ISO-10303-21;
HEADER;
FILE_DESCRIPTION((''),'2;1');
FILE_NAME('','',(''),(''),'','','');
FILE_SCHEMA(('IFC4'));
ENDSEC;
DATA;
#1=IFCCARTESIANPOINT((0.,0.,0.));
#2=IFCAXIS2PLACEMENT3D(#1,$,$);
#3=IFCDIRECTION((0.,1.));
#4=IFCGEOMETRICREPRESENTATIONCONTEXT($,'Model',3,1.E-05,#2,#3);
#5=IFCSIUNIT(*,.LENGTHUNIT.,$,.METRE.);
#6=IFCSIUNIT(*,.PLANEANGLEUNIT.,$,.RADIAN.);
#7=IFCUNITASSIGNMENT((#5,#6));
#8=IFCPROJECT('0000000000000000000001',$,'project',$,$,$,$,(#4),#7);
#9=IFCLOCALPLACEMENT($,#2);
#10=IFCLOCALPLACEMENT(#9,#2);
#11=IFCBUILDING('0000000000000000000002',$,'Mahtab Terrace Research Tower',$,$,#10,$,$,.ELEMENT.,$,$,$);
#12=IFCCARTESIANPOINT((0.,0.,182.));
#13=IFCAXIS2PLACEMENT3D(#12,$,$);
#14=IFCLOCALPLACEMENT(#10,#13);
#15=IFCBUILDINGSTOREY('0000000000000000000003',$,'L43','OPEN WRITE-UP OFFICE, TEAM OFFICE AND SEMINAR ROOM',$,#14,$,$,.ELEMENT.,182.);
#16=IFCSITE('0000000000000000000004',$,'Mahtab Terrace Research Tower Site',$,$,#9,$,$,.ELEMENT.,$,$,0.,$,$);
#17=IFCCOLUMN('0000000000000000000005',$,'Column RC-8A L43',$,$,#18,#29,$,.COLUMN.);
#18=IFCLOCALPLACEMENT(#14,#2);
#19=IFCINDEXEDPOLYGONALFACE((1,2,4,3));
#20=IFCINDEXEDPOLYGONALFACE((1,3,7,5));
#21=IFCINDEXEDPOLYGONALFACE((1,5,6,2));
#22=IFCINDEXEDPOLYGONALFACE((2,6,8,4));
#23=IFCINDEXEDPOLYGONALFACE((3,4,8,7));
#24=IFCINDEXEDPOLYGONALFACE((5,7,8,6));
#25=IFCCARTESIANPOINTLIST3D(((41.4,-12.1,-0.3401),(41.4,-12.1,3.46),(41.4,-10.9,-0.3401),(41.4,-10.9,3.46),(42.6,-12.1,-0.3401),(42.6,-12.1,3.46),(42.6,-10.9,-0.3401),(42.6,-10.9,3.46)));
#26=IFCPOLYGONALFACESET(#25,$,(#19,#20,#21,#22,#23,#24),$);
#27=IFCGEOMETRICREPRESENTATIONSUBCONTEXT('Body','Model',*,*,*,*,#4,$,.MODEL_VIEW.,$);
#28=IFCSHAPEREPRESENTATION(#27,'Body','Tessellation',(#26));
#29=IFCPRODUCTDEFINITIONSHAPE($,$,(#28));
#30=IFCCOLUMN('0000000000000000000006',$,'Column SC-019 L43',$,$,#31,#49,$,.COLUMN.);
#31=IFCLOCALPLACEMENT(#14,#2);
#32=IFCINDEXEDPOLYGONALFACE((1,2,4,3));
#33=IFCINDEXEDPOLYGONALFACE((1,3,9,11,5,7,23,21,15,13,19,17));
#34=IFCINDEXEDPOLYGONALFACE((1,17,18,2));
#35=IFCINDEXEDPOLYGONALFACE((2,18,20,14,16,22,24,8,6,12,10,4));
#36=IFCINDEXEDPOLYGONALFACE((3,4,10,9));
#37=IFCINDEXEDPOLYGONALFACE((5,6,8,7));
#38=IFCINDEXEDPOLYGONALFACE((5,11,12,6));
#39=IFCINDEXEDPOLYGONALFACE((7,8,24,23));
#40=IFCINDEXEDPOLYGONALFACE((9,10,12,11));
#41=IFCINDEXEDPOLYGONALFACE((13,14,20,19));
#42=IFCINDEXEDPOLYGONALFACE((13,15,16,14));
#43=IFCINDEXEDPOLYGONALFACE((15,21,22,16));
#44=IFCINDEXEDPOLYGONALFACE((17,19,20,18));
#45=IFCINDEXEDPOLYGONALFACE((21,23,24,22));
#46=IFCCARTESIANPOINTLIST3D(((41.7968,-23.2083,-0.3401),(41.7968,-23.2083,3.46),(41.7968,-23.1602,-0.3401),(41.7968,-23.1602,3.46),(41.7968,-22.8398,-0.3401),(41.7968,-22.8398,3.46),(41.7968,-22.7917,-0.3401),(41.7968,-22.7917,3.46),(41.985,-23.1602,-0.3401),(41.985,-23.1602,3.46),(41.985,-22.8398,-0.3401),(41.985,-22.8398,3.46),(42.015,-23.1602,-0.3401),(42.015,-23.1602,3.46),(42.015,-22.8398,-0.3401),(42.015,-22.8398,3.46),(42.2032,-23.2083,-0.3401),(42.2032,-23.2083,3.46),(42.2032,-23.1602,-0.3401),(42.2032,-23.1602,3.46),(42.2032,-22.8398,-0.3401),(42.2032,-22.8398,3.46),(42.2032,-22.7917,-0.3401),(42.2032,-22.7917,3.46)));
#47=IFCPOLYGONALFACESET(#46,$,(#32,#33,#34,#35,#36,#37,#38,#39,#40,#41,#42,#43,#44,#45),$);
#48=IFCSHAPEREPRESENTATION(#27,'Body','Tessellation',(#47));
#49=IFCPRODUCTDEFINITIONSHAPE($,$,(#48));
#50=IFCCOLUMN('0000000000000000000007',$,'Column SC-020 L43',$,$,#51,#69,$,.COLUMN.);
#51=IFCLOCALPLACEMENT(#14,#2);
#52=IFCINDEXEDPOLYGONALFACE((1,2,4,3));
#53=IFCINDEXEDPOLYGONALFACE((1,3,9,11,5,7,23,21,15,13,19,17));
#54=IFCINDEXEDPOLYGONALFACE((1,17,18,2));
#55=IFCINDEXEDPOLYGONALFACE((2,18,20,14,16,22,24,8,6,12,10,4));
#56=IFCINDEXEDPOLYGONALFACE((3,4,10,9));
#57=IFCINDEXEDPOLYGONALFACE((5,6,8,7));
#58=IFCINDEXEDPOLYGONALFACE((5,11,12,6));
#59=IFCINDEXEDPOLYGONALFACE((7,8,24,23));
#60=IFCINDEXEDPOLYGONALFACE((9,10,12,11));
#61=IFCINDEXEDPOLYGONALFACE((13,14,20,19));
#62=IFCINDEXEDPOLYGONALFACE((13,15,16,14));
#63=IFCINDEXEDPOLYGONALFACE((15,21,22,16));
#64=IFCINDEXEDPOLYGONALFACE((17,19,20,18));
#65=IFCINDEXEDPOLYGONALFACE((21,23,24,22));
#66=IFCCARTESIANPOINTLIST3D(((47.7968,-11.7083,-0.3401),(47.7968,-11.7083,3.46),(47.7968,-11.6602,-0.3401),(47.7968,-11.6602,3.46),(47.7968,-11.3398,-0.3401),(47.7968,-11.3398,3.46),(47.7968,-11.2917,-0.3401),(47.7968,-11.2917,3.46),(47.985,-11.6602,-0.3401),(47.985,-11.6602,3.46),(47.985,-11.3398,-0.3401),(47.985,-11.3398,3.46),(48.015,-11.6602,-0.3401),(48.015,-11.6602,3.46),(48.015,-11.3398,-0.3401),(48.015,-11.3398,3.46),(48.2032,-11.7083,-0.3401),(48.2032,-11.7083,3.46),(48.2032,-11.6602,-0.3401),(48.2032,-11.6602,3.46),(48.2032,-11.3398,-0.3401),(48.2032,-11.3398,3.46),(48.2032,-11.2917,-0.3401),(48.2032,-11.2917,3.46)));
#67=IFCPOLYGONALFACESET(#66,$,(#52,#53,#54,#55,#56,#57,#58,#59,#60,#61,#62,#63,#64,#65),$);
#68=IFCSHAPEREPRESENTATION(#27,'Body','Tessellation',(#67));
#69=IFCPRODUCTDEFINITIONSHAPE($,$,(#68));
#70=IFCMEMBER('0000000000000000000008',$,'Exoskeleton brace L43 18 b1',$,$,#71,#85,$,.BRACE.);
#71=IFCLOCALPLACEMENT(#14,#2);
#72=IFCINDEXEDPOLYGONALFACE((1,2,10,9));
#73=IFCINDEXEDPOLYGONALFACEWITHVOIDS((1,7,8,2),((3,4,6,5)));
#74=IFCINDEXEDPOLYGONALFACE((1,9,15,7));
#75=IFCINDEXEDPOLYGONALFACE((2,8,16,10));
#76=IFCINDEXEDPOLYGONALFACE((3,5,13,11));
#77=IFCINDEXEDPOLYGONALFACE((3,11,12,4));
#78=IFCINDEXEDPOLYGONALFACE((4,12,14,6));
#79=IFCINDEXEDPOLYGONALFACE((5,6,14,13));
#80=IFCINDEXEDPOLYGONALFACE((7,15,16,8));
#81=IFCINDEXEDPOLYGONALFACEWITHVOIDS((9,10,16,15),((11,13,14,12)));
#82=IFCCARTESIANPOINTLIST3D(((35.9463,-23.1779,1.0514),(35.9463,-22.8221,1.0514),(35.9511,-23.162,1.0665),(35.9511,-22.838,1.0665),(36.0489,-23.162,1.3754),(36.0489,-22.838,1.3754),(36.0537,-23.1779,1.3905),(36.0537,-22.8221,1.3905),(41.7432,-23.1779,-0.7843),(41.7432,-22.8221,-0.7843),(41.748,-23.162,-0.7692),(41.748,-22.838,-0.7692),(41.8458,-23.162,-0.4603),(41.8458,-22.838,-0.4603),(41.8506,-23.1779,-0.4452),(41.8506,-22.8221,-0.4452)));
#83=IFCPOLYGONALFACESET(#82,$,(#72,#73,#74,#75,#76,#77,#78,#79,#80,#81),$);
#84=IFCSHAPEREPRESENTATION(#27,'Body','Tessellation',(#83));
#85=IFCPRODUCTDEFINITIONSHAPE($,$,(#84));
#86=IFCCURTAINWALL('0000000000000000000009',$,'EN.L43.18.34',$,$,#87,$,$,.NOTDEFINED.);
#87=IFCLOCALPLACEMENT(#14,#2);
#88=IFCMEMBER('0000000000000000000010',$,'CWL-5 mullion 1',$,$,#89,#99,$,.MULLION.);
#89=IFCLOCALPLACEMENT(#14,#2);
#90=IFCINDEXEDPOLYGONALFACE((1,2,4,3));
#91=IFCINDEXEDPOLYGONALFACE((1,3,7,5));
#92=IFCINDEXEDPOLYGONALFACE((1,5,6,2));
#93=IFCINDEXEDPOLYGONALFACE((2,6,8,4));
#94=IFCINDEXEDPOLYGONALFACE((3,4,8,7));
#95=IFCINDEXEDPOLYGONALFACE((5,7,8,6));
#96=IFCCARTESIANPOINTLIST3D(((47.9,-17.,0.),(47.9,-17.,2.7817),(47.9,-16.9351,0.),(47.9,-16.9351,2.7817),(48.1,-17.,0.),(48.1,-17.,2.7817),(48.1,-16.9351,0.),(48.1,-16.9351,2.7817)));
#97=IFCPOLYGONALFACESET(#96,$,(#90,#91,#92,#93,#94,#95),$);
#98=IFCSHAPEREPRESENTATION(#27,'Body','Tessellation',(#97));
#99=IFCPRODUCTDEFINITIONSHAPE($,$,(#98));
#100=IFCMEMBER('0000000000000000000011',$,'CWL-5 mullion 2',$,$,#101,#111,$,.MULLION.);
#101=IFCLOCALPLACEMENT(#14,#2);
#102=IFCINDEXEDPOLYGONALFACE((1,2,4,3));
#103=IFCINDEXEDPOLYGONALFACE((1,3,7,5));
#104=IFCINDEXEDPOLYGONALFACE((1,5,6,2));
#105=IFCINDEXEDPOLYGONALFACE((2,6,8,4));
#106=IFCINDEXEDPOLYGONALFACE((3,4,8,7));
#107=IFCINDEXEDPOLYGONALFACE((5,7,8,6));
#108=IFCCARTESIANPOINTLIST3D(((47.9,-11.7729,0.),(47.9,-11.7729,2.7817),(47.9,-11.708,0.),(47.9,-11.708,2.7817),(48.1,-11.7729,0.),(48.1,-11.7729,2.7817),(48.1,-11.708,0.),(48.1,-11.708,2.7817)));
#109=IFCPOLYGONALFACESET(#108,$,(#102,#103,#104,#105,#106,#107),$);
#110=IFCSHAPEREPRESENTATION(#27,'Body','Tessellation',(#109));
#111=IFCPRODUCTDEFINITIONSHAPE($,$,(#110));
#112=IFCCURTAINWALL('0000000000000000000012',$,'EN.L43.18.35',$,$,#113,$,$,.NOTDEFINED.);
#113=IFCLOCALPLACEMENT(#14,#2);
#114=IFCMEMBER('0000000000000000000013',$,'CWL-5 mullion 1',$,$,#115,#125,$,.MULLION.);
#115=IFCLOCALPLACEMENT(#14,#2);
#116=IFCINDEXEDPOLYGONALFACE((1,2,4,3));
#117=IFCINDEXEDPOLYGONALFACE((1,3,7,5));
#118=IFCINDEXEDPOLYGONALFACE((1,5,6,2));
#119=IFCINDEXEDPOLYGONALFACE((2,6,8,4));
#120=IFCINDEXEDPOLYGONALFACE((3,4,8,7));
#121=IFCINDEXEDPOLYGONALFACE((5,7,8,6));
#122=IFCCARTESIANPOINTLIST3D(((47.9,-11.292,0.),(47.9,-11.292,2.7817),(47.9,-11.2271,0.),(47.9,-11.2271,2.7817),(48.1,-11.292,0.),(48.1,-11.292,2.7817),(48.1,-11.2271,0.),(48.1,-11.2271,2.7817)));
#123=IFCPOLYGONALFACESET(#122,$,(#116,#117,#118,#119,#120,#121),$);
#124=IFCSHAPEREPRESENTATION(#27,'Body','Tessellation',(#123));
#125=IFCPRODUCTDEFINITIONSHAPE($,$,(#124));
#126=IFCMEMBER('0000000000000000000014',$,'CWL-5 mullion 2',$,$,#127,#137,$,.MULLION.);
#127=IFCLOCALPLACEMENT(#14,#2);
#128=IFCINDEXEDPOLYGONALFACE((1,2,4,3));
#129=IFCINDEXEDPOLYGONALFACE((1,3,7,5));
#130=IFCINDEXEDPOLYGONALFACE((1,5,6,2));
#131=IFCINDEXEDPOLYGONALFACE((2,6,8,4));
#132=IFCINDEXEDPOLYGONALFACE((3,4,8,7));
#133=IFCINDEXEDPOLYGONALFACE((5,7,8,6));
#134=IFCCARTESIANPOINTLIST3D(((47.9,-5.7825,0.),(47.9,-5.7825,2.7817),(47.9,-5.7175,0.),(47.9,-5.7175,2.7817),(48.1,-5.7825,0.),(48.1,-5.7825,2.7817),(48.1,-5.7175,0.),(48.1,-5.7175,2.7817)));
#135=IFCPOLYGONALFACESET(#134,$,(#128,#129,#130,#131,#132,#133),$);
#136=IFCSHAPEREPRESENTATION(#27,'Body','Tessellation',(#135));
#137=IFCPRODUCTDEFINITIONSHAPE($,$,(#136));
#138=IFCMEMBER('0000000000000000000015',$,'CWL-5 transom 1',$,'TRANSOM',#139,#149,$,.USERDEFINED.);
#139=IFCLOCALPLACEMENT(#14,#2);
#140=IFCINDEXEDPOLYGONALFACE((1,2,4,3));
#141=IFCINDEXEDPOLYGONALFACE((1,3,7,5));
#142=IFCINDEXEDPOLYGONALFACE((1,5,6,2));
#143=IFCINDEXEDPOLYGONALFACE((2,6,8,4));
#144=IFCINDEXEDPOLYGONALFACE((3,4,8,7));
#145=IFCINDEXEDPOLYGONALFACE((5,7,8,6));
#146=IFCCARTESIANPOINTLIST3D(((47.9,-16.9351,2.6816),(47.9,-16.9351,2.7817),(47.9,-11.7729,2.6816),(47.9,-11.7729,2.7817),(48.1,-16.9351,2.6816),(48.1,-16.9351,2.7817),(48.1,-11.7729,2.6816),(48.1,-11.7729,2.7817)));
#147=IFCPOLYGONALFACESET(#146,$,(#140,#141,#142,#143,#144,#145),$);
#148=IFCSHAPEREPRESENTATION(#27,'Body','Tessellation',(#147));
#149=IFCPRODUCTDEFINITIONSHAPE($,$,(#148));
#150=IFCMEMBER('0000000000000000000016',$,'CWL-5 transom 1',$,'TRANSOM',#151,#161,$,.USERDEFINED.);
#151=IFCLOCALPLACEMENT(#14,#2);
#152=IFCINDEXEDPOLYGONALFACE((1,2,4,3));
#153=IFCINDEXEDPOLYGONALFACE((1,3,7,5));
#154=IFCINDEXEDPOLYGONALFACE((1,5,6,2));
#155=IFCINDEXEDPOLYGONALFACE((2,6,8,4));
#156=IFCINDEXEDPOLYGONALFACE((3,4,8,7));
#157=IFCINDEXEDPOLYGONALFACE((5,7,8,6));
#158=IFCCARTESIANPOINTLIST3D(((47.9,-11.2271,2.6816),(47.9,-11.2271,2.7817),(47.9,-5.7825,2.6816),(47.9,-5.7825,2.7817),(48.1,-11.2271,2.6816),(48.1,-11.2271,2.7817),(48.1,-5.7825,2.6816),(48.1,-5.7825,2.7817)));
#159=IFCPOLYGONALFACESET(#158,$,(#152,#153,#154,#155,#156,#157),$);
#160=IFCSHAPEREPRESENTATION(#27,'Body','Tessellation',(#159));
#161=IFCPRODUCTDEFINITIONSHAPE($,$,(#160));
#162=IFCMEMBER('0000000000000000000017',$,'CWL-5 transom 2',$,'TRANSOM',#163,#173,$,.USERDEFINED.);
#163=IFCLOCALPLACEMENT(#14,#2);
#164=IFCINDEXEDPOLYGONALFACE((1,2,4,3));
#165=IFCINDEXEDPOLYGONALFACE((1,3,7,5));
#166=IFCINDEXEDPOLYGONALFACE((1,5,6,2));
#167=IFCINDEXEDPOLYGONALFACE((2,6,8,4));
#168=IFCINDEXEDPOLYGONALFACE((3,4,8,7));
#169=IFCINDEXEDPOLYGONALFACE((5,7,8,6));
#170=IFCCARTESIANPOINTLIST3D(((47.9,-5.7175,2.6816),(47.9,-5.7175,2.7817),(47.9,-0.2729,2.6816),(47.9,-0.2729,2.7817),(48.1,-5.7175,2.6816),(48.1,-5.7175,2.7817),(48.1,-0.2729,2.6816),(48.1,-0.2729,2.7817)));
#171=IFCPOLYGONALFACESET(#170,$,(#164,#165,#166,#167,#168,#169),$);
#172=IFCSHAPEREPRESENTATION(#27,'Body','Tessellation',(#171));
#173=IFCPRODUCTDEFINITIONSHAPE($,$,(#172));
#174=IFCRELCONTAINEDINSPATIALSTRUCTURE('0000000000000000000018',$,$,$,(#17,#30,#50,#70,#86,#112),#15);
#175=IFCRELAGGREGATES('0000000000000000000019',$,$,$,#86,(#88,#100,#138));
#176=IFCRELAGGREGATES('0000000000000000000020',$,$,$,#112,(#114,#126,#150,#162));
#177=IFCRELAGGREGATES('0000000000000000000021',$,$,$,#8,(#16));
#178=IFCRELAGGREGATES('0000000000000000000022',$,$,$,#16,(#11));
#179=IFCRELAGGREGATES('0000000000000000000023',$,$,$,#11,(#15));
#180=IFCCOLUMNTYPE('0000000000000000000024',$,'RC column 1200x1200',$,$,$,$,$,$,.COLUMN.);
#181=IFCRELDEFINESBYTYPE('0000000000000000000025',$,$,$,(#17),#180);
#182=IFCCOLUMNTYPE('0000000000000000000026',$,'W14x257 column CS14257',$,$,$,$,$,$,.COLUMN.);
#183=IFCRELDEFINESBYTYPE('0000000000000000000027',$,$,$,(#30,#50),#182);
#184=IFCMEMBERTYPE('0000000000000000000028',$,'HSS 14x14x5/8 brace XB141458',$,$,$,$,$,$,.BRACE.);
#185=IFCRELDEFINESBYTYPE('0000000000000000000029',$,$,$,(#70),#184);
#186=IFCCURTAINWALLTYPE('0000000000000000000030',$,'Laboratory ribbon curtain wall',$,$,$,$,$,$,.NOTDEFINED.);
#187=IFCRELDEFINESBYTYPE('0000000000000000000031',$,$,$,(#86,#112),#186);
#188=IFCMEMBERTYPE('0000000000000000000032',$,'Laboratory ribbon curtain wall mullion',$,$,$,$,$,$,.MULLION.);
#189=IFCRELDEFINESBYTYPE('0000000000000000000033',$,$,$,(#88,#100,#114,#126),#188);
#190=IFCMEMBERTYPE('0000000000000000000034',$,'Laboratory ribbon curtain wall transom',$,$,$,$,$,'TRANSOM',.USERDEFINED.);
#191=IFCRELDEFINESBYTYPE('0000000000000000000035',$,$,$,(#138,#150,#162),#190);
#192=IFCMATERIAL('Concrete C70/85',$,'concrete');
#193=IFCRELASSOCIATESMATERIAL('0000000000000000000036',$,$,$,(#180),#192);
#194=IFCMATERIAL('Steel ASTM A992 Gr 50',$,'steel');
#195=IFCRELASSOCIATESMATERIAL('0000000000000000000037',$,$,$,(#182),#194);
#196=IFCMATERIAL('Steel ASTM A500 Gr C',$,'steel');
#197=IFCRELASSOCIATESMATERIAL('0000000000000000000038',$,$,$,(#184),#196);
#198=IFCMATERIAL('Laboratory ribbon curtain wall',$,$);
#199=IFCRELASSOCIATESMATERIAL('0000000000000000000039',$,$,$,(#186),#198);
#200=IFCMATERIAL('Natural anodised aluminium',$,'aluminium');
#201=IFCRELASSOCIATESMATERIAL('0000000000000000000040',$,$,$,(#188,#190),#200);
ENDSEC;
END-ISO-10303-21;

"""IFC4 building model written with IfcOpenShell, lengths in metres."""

from ifc_helpers import new_model, si_unit, direction, frame, origin, origin_2d, place, context, subcontext, project, spatial, rectangle, hollow_rectangle, i_section, extrude, material, material_profile, profile_set, type_object, element, aggregate, save


model = new_model("IFC4")

# Units and contexts
model_context = context("Model", 3, precision=1e-05, world=origin(), true_north=direction((0.0, 1.0)))
body_context = subcontext(model_context, "Body", "Model", "MODEL_VIEW")
ifc_project = project(units=[si_unit("LENGTHUNIT", "METRE"), si_unit("PLANEANGLEUNIT", "RADIAN")], contexts=[model_context])

# Site, building, storey
site_placement = place(None, origin())
site = spatial("IfcSite", under=ifc_project, at=site_placement, Name="Mahtab Terrace Research Tower Site", CompositionType="ELEMENT", RefElevation=0.0)
building_placement = place(site_placement, origin())
building = spatial("IfcBuilding", under=site, at=building_placement, Name="Mahtab Terrace Research Tower", CompositionType="ELEMENT")
storey_placement = place(building_placement, frame((0.0, 0.0, 182.0)))
storey = spatial("IfcBuildingStorey", under=building, at=storey_placement, Name="L43", Description="OPEN WRITE-UP OFFICE, TEAM OFFICE AND SEMINAR ROOM", CompositionType="ELEMENT", Elevation=182.0)

# Columns
ifc_material_1 = material(Name="Concrete C70/85", Category="concrete")
ifc_material_profile_1 = material_profile(ifc_material_1, rectangle(XDim=1.2, YDim=1.2, at=origin_2d()), Name="RC column 1200x1200")
ifc_profile_set_1 = profile_set([ifc_material_profile_1], Name="Concrete C70/85")
column_type_1 = type_object("IfcColumnType", Name="RC column 1200x1200", PredefinedType="COLUMN", material=ifc_profile_set_1)
column_placement = place(storey_placement, frame((42.0, -11.5, -0.3401), z_axis=(0.0, 0.0, 1.0), x_axis=(1.0, 0.0, 0.0)))
element("IfcColumn", 1, at=column_placement, inside=storey, type_object=column_type_1, Name="Column RC-8A L43", PredefinedType="COLUMN", context=body_context, shape_type="SweptSolid", body=[
    extrude(rectangle(XDim=1.2, YDim=1.2, at=origin_2d()), origin(), (0.0, 0.0, 1.0), 3.8),
])
ifc_material_2 = material(Name="Steel ASTM A992 Gr 50", Category="steel")
ifc_material_profile_2 = material_profile(ifc_material_2, i_section(OverallWidth=0.4065, OverallDepth=0.4165, WebThickness=0.03, FlangeThickness=0.0481, at=origin_2d()), Name="W14X257")
ifc_profile_set_2 = profile_set([ifc_material_profile_2], Name="Steel ASTM A992 Gr 50")
column_type_2 = type_object("IfcColumnType", Name="W14x257 column CS14257", PredefinedType="COLUMN", material=ifc_profile_set_2)
for number, where, z_axis, x_axis, name in (
    (2, (42.0, -23.0, -0.3401), (0.0, 0.0, 1.0), (1.0, 0.0, 0.0), "Column SC-019 L43"),
    (3, (48.0, -11.5, -0.3401), (0.0, 0.0, 1.0), (1.0, 0.0, 0.0), "Column SC-020 L43"),
):
    element("IfcColumn", number, at=place(storey_placement, frame(where, z_axis=z_axis, x_axis=x_axis)), inside=storey, type_object=column_type_2, Name=name, PredefinedType="COLUMN", context=body_context, shape_type="SweptSolid", body=[
        extrude(i_section(OverallWidth=0.4065, OverallDepth=0.4165, WebThickness=0.03, FlangeThickness=0.0481, at=origin_2d()), origin(), (0.0, 0.0, 1.0), 3.8),
    ])

# Member
ifc_material_3 = material(Name="Steel ASTM A500 Gr C", Category="steel")
ifc_material_profile_3 = material_profile(ifc_material_3, hollow_rectangle(XDim=0.3557, YDim=0.3557, WallThickness=0.0159, at=origin_2d()), Name="HSS14X14X5/8")
ifc_profile_set_3 = profile_set([ifc_material_profile_3], Name="Steel ASTM A500 Gr C")
member_type_1 = type_object("IfcMemberType", Name="HSS 14x14x5/8 brace XB141458", PredefinedType="BRACE", material=ifc_profile_set_3)
member_1_placement = place(storey_placement, frame((41.7969, -23.0, -0.6147), z_axis=(-0.953341, 0.0, 0.301894), x_axis=(0.0, -1.0, 0.0)))
element("IfcMember", 4, at=member_1_placement, inside=storey, type_object=member_type_1, Name="Exoskeleton brace L43 18 b1", PredefinedType="BRACE", context=body_context, shape_type="SweptSolid", body=[
    extrude(hollow_rectangle(XDim=0.3557, YDim=0.3557, WallThickness=0.0159, at=origin_2d()), origin(), (0.0, 0.0, 1.0), 6.0806),
])

# Curtain walls, members
ifc_material_4 = material(Name="Laboratory ribbon curtain wall")
curtain_wall_type = type_object("IfcCurtainWallType", Name="Laboratory ribbon curtain wall", PredefinedType="NOTDEFINED", material=ifc_material_4)
curtain_wall_1_placement = place(storey_placement, origin())
curtain_wall_1 = element("IfcCurtainWall", 5, at=curtain_wall_1_placement, inside=storey, type_object=curtain_wall_type, Name="EN.L43.18.34", PredefinedType="NOTDEFINED")
ifc_material_5 = material(Name="Natural anodised aluminium", Category="aluminium")
ifc_material_profile_4 = material_profile(ifc_material_5, rectangle(XDim=0.2, YDim=0.0649, at=origin_2d()), Name="MULLION 65x200")
ifc_profile_set_4 = profile_set([ifc_material_profile_4], Name="Natural anodised aluminium")
member_type_2 = type_object("IfcMemberType", Name="Laboratory ribbon curtain wall mullion", PredefinedType="MULLION", material=ifc_profile_set_4)
member_2_placement = place(storey_placement, frame((48.0, -16.9675, 0.0), z_axis=(0.0, 0.0, 1.0), x_axis=(-1.0, 0.0, 0.0)))
member_2 = element("IfcMember", 6, at=member_2_placement, type_object=member_type_2, Name="CWL-5 mullion 1", PredefinedType="MULLION", context=body_context, shape_type="SweptSolid", body=[
    extrude(rectangle(XDim=0.2, YDim=0.0649, at=origin_2d()), origin(), (0.0, 0.0, 1.0), 2.7817),
])
member_3_placement = place(storey_placement, frame((48.0, -11.7405, 0.0), z_axis=(0.0, 0.0, 1.0), x_axis=(-1.0, 0.0, 0.0)))
member_3 = element("IfcMember", 7, at=member_3_placement, type_object=member_type_2, Name="CWL-5 mullion 2", PredefinedType="MULLION", context=body_context, shape_type="SweptSolid", body=[
    extrude(rectangle(XDim=0.2, YDim=0.0649, at=origin_2d()), origin(), (0.0, 0.0, 1.0), 2.7817),
])
curtain_wall_2_placement = place(storey_placement, origin())
curtain_wall_2 = element("IfcCurtainWall", 8, at=curtain_wall_2_placement, inside=storey, type_object=curtain_wall_type, Name="EN.L43.18.35", PredefinedType="NOTDEFINED")
member_4_placement = place(storey_placement, frame((48.0, -11.2595, 0.0), z_axis=(0.0, 0.0, 1.0), x_axis=(-1.0, 0.0, 0.0)))
member_4 = element("IfcMember", 9, at=member_4_placement, type_object=member_type_2, Name="CWL-5 mullion 1", PredefinedType="MULLION", context=body_context, shape_type="SweptSolid", body=[
    extrude(rectangle(XDim=0.2, YDim=0.0649, at=origin_2d()), origin(), (0.0, 0.0, 1.0), 2.7817),
])
member_5_placement = place(storey_placement, frame((48.0, -5.75, 0.0), z_axis=(0.0, 0.0, 1.0), x_axis=(-1.0, 0.0, 0.0)))
member_5 = element("IfcMember", 10, at=member_5_placement, type_object=member_type_2, Name="CWL-5 mullion 2", PredefinedType="MULLION", context=body_context, shape_type="SweptSolid", body=[
    extrude(rectangle(XDim=0.2, YDim=0.0649, at=origin_2d()), origin(), (0.0, 0.0, 1.0), 2.7817),
])

# Members
ifc_material_profile_5 = material_profile(ifc_material_5, rectangle(XDim=0.2, YDim=0.1001, at=origin_2d()), Name="TRANSOM 100x200")
ifc_profile_set_5 = profile_set([ifc_material_profile_5], Name="Natural anodised aluminium")
member_type_3 = type_object("IfcMemberType", Name="Laboratory ribbon curtain wall transom", ElementType="TRANSOM", PredefinedType="USERDEFINED", material=ifc_profile_set_5)
member_6_placement = place(storey_placement, frame((48.0, -16.9351, 2.7317), z_axis=(0.0, 1.0, 0.0), x_axis=(-1.0, 0.0, 0.0)))
member_6 = element("IfcMember", 11, at=member_6_placement, type_object=member_type_3, Name="CWL-5 transom 1", ObjectType="TRANSOM", PredefinedType="USERDEFINED", context=body_context, shape_type="SweptSolid", body=[
    extrude(rectangle(XDim=0.2, YDim=0.1001, at=origin_2d()), origin(), (0.0, 0.0, 1.0), 5.1621),
])
member_7_placement = place(storey_placement, frame((48.0, -11.2271, 2.7317), z_axis=(0.0, 1.0, 0.0), x_axis=(-1.0, 0.0, 0.0)))
member_7 = element("IfcMember", 12, at=member_7_placement, type_object=member_type_3, Name="CWL-5 transom 1", ObjectType="TRANSOM", PredefinedType="USERDEFINED", context=body_context, shape_type="SweptSolid", body=[
    extrude(rectangle(XDim=0.2, YDim=0.1001, at=origin_2d()), origin(), (0.0, 0.0, 1.0), 5.4446),
])
member_8_placement = place(storey_placement, frame((48.0, -5.7175, 2.7317), z_axis=(0.0, 1.0, 0.0), x_axis=(-1.0, 0.0, 0.0)))
member_8 = element("IfcMember", 13, at=member_8_placement, type_object=member_type_3, Name="CWL-5 transom 2", ObjectType="TRANSOM", PredefinedType="USERDEFINED", context=body_context, shape_type="SweptSolid", body=[
    extrude(rectangle(XDim=0.2, YDim=0.1001, at=origin_2d()), origin(), (0.0, 0.0, 1.0), 5.4446),
])

aggregate(curtain_wall_1, [member_2, member_3, member_6])
aggregate(curtain_wall_2, [member_4, member_5, member_7, member_8])

save(model, "model.ifc")
